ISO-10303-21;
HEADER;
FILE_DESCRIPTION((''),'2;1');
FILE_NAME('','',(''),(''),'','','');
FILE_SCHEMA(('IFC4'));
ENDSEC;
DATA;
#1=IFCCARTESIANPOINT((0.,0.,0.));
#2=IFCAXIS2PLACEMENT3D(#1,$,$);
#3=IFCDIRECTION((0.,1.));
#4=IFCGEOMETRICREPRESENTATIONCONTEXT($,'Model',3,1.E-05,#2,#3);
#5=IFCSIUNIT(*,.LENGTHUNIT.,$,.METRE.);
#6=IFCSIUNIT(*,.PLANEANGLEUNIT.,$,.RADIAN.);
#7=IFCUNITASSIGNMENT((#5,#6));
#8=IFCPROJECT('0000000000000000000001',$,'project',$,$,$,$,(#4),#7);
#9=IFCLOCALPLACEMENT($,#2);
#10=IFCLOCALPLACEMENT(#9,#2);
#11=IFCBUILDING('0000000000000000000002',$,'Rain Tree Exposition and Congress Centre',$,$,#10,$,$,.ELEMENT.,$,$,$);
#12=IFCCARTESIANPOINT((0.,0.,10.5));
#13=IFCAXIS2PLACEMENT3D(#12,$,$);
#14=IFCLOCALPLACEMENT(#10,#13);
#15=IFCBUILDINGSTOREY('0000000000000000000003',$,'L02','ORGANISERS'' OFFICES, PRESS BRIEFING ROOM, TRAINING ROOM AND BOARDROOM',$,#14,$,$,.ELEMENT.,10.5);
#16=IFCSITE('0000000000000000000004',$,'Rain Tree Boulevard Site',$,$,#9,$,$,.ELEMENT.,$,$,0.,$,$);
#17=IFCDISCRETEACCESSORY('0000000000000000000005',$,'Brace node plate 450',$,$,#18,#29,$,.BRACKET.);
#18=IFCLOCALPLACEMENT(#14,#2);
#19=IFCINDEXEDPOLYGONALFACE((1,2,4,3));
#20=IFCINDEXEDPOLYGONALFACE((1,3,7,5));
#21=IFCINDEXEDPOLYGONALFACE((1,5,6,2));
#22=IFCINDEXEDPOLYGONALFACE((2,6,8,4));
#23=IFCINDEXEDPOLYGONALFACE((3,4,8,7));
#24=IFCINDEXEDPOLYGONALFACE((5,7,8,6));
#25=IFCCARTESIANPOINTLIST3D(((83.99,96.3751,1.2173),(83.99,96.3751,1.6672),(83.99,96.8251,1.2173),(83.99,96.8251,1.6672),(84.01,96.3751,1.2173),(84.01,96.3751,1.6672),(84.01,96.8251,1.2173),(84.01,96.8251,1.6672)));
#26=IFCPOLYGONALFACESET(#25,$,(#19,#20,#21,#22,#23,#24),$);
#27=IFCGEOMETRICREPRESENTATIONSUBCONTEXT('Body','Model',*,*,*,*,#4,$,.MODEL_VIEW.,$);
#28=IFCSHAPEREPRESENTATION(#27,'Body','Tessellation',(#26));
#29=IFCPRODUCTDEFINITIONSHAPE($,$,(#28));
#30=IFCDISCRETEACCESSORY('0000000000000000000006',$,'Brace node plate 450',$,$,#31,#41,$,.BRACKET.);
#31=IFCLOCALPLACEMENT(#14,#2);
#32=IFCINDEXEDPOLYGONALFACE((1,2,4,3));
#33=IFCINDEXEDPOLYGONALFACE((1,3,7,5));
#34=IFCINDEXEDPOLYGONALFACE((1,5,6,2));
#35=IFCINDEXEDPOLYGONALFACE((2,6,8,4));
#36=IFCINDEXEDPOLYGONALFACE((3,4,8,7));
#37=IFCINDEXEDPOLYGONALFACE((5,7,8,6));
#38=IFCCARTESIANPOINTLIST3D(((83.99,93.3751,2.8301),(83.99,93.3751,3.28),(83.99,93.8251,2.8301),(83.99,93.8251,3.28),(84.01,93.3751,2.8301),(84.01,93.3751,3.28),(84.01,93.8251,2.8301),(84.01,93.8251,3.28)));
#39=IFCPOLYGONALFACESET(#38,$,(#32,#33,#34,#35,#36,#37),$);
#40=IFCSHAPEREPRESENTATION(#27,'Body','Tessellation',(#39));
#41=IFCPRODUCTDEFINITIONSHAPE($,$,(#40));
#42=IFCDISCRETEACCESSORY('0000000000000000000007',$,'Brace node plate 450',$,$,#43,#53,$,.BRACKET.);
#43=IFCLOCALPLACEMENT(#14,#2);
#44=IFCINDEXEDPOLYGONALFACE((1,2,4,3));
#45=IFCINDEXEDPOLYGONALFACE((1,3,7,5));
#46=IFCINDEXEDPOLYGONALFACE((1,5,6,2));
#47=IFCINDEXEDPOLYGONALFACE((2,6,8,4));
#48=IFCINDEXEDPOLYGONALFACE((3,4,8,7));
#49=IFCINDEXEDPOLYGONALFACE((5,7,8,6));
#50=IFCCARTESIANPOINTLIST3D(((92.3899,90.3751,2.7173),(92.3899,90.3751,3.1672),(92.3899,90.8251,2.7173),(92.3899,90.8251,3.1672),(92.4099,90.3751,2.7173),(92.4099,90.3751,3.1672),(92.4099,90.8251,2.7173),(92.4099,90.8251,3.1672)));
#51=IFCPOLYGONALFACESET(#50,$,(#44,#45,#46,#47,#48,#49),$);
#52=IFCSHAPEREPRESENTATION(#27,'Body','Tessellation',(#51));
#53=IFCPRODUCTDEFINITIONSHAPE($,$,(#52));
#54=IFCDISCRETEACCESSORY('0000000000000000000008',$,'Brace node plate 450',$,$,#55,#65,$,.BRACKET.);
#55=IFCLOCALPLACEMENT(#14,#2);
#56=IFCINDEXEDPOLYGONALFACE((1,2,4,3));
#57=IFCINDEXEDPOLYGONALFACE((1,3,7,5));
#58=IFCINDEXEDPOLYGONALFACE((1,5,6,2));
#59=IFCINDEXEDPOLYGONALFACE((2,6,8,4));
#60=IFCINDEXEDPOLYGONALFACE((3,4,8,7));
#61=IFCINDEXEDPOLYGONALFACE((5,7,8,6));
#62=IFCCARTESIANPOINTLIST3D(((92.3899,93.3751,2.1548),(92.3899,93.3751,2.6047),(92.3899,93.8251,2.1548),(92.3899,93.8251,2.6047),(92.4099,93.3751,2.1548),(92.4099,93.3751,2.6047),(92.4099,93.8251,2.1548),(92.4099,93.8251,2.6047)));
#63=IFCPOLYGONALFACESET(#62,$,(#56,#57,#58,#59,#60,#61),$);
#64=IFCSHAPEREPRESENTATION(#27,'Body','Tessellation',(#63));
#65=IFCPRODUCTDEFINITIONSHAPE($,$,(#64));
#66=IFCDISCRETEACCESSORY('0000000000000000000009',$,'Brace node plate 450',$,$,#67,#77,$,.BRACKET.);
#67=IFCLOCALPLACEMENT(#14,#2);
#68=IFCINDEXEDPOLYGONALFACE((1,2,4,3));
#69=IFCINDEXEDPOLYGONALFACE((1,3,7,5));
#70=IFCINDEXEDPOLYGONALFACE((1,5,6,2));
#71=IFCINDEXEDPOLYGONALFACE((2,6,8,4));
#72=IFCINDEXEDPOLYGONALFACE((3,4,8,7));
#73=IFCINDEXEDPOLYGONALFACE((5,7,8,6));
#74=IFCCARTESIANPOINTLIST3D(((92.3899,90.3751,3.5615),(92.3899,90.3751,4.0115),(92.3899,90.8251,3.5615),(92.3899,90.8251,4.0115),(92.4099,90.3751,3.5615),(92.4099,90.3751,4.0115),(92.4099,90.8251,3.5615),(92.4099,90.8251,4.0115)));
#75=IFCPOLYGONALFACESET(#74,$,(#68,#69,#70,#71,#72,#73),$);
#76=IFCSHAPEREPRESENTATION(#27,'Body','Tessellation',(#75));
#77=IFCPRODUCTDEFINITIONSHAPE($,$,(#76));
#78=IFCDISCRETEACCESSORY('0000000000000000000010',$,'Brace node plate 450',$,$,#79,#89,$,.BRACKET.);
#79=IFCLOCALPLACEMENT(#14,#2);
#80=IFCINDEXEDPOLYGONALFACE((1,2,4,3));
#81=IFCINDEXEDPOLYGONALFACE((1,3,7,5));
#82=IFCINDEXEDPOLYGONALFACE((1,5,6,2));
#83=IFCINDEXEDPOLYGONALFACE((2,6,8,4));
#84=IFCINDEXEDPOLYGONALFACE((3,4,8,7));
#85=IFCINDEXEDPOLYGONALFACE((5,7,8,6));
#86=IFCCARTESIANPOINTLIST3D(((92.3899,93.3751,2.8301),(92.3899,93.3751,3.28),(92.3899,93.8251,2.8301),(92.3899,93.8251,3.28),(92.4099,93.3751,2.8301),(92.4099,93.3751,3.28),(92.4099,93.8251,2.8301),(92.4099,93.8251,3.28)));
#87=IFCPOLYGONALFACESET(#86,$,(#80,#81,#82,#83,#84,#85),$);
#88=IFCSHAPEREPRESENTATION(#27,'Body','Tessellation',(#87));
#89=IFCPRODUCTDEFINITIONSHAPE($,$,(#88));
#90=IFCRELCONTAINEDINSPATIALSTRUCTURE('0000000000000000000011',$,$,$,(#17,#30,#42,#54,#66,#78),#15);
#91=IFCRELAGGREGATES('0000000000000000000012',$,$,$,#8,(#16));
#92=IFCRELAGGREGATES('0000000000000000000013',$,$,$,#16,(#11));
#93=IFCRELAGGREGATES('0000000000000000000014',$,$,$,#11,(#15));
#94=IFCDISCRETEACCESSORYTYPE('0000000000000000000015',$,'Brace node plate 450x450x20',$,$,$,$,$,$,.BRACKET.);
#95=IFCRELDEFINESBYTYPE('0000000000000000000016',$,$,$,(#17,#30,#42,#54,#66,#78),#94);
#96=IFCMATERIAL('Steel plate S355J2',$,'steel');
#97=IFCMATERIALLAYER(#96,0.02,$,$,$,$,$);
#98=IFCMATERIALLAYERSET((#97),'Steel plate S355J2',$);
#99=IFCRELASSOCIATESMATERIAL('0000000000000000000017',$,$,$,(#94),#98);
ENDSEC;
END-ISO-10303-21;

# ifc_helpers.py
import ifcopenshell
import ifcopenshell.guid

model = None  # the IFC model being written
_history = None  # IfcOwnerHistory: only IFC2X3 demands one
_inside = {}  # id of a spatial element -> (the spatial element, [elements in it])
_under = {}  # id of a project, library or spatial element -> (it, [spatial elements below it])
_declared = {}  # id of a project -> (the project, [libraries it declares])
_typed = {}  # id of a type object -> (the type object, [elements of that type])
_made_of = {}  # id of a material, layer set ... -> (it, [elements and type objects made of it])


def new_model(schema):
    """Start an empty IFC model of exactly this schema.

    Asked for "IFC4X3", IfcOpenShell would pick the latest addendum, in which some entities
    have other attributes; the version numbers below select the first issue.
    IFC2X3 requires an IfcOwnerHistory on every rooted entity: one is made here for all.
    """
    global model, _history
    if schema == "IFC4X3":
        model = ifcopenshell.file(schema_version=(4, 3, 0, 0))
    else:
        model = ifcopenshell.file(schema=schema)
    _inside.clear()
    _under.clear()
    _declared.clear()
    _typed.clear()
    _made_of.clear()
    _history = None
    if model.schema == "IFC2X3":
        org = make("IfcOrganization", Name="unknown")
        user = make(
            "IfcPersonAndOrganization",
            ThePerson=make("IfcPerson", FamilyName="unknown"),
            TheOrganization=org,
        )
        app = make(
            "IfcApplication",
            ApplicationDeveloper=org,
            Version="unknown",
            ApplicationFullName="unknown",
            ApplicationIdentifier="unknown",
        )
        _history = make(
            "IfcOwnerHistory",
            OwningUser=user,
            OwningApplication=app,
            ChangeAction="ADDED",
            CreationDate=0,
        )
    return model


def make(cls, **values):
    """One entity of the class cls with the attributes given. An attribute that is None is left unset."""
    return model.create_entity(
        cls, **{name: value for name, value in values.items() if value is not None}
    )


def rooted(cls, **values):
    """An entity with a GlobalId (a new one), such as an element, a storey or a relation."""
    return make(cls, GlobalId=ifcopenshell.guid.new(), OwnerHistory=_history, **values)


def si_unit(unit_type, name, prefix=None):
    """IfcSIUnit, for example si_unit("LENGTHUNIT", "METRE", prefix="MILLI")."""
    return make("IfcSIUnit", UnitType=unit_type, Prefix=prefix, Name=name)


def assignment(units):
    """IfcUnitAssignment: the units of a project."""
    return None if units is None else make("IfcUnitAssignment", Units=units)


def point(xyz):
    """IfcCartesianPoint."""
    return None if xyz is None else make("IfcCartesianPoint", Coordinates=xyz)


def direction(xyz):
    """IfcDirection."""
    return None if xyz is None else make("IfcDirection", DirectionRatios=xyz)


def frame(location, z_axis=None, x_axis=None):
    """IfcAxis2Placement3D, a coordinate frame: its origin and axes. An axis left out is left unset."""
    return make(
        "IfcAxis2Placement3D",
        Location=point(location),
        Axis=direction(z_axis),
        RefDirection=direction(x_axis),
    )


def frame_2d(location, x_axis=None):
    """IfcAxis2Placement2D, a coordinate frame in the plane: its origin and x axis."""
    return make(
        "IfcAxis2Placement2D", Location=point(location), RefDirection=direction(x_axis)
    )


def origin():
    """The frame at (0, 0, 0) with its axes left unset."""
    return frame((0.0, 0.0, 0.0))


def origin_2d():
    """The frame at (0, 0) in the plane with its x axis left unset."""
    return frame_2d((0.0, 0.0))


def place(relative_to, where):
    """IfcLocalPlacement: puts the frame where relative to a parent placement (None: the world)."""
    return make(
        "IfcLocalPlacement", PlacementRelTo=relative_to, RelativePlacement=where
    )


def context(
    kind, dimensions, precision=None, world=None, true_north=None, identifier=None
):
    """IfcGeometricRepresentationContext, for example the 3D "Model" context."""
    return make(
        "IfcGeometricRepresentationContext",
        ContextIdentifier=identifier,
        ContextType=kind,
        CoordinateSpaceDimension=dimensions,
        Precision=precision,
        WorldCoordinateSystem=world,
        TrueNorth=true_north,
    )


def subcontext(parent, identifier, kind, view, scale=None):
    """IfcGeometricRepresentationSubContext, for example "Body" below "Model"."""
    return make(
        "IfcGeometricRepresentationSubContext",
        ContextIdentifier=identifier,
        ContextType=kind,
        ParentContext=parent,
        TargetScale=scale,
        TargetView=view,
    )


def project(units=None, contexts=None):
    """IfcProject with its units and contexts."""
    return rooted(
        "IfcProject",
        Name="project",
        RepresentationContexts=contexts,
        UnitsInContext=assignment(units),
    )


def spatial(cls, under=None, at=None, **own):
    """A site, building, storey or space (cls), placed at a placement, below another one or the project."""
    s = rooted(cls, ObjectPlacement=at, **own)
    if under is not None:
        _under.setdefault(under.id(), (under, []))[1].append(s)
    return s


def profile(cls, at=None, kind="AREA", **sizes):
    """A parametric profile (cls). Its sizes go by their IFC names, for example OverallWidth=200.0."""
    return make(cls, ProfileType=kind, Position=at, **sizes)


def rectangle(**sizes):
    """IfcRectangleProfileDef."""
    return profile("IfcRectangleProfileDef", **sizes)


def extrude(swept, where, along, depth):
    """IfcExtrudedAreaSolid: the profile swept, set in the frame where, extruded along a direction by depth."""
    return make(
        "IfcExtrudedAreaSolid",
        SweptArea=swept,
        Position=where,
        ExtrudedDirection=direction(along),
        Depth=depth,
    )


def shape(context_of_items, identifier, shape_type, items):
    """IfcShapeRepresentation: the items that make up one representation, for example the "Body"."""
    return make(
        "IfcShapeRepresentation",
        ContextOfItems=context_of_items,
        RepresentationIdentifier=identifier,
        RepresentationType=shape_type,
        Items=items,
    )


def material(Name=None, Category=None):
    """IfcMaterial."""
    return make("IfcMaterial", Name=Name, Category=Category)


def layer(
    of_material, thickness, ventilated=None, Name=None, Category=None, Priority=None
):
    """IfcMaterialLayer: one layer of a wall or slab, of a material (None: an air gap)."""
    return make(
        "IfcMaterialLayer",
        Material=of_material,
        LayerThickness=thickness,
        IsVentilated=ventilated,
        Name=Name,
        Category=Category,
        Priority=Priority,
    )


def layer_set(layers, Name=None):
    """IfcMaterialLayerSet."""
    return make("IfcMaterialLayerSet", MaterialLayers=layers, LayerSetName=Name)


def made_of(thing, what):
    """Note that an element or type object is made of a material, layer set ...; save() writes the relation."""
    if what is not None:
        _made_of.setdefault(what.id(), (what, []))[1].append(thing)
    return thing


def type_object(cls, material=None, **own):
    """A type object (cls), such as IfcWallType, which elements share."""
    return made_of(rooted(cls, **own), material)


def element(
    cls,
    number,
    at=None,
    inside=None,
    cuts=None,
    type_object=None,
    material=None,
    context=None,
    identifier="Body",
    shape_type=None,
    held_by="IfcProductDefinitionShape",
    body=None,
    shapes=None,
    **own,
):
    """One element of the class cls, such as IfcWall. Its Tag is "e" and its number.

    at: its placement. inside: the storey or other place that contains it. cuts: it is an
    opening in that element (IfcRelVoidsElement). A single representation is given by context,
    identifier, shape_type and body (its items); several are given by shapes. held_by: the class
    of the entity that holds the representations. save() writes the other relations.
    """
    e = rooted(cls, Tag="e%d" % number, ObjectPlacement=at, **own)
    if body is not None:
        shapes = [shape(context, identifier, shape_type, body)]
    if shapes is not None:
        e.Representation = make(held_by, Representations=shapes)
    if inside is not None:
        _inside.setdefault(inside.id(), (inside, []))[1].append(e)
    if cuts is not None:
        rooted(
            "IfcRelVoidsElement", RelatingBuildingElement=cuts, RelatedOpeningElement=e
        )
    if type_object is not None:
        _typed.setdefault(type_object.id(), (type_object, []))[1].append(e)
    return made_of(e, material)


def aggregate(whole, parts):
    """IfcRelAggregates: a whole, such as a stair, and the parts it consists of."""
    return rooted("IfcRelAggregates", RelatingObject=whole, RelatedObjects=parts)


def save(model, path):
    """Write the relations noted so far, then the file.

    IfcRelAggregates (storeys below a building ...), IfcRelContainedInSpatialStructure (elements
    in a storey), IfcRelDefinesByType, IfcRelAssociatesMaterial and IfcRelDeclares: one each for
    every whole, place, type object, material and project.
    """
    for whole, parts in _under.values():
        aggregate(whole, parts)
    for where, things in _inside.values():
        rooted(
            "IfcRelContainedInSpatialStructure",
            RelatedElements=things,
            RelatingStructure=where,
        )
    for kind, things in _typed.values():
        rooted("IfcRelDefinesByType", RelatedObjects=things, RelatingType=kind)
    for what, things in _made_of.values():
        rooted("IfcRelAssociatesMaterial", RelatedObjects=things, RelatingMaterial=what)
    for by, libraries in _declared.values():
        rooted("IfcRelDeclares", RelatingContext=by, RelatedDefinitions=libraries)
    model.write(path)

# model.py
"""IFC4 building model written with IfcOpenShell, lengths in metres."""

from ifc_helpers import new_model, si_unit, direction, frame, origin, origin_2d, place, context, subcontext, project, spatial, rectangle, extrude, material, layer, layer_set, type_object, element, save


model = new_model("IFC4")

# Units and contexts
model_context = context("Model", 3, precision=1e-05, world=origin(), true_north=direction((0.0, 1.0)))
body_context = subcontext(model_context, "Body", "Model", "MODEL_VIEW")
ifc_project = project(units=[si_unit("LENGTHUNIT", "METRE"), si_unit("PLANEANGLEUNIT", "RADIAN")], contexts=[model_context])

# Site, building, storey
site_placement = place(None, origin())
site = spatial("IfcSite", under=ifc_project, at=site_placement, Name="Rain Tree Boulevard Site", CompositionType="ELEMENT", RefElevation=0.0)
building_placement = place(site_placement, origin())
building = spatial("IfcBuilding", under=site, at=building_placement, Name="Rain Tree Exposition and Congress Centre", CompositionType="ELEMENT")
storey_placement = place(building_placement, frame((0.0, 0.0, 10.5)))
storey = spatial("IfcBuildingStorey", under=building, at=storey_placement, Name="L02", Description="ORGANISERS' OFFICES, PRESS BRIEFING ROOM, TRAINING ROOM AND BOARDROOM", CompositionType="ELEMENT", Elevation=10.5)

# Discrete accessories
ifc_material_1 = material(Name="Steel plate S355J2", Category="steel")
ifc_layer = layer(ifc_material_1, 0.02)
ifc_layer_set = layer_set([ifc_layer], Name="Steel plate S355J2")
discrete_accessory_type = type_object("IfcDiscreteAccessoryType", Name="Brace node plate 450x450x20", PredefinedType="BRACKET", material=ifc_layer_set)
for number, where, z_axis, x_axis, name in (
    (1, (84.0, 96.6001, 1.2173), (0.0, 0.0, 1.0), (0.0, -1.0, 0.0), "Brace node plate 450"),
    (2, (84.0, 93.6001, 2.8301), (0.0, 0.0, 1.0), (0.0, 1.0, 0.0), "Brace node plate 450"),
    (3, (92.3999, 90.6001, 2.7173), (0.0, 0.0, 1.0), (0.0, -1.0, 0.0), "Brace node plate 450"),
    (4, (92.3999, 93.6001, 2.1548), (0.0, 0.0, 1.0), (0.0, -1.0, 0.0), "Brace node plate 450"),
    (5, (92.3999, 90.6001, 3.5615), (0.0, 0.0, 1.0), (0.0, 1.0, 0.0), "Brace node plate 450"),
    (6, (92.3999, 93.6001, 2.8301), (0.0, 0.0, 1.0), (0.0, 1.0, 0.0), "Brace node plate 450"),
):
    element("IfcDiscreteAccessory", number, at=place(storey_placement, frame(where, z_axis=z_axis, x_axis=x_axis)), inside=storey, type_object=discrete_accessory_type, Name=name, PredefinedType="BRACKET", context=body_context, shape_type="SweptSolid", body=[
        extrude(rectangle(XDim=0.45, YDim=0.02, at=origin_2d()), origin(), (0.0, 0.0, 1.0), 0.45),
    ])

save(model, "model.ifc")
